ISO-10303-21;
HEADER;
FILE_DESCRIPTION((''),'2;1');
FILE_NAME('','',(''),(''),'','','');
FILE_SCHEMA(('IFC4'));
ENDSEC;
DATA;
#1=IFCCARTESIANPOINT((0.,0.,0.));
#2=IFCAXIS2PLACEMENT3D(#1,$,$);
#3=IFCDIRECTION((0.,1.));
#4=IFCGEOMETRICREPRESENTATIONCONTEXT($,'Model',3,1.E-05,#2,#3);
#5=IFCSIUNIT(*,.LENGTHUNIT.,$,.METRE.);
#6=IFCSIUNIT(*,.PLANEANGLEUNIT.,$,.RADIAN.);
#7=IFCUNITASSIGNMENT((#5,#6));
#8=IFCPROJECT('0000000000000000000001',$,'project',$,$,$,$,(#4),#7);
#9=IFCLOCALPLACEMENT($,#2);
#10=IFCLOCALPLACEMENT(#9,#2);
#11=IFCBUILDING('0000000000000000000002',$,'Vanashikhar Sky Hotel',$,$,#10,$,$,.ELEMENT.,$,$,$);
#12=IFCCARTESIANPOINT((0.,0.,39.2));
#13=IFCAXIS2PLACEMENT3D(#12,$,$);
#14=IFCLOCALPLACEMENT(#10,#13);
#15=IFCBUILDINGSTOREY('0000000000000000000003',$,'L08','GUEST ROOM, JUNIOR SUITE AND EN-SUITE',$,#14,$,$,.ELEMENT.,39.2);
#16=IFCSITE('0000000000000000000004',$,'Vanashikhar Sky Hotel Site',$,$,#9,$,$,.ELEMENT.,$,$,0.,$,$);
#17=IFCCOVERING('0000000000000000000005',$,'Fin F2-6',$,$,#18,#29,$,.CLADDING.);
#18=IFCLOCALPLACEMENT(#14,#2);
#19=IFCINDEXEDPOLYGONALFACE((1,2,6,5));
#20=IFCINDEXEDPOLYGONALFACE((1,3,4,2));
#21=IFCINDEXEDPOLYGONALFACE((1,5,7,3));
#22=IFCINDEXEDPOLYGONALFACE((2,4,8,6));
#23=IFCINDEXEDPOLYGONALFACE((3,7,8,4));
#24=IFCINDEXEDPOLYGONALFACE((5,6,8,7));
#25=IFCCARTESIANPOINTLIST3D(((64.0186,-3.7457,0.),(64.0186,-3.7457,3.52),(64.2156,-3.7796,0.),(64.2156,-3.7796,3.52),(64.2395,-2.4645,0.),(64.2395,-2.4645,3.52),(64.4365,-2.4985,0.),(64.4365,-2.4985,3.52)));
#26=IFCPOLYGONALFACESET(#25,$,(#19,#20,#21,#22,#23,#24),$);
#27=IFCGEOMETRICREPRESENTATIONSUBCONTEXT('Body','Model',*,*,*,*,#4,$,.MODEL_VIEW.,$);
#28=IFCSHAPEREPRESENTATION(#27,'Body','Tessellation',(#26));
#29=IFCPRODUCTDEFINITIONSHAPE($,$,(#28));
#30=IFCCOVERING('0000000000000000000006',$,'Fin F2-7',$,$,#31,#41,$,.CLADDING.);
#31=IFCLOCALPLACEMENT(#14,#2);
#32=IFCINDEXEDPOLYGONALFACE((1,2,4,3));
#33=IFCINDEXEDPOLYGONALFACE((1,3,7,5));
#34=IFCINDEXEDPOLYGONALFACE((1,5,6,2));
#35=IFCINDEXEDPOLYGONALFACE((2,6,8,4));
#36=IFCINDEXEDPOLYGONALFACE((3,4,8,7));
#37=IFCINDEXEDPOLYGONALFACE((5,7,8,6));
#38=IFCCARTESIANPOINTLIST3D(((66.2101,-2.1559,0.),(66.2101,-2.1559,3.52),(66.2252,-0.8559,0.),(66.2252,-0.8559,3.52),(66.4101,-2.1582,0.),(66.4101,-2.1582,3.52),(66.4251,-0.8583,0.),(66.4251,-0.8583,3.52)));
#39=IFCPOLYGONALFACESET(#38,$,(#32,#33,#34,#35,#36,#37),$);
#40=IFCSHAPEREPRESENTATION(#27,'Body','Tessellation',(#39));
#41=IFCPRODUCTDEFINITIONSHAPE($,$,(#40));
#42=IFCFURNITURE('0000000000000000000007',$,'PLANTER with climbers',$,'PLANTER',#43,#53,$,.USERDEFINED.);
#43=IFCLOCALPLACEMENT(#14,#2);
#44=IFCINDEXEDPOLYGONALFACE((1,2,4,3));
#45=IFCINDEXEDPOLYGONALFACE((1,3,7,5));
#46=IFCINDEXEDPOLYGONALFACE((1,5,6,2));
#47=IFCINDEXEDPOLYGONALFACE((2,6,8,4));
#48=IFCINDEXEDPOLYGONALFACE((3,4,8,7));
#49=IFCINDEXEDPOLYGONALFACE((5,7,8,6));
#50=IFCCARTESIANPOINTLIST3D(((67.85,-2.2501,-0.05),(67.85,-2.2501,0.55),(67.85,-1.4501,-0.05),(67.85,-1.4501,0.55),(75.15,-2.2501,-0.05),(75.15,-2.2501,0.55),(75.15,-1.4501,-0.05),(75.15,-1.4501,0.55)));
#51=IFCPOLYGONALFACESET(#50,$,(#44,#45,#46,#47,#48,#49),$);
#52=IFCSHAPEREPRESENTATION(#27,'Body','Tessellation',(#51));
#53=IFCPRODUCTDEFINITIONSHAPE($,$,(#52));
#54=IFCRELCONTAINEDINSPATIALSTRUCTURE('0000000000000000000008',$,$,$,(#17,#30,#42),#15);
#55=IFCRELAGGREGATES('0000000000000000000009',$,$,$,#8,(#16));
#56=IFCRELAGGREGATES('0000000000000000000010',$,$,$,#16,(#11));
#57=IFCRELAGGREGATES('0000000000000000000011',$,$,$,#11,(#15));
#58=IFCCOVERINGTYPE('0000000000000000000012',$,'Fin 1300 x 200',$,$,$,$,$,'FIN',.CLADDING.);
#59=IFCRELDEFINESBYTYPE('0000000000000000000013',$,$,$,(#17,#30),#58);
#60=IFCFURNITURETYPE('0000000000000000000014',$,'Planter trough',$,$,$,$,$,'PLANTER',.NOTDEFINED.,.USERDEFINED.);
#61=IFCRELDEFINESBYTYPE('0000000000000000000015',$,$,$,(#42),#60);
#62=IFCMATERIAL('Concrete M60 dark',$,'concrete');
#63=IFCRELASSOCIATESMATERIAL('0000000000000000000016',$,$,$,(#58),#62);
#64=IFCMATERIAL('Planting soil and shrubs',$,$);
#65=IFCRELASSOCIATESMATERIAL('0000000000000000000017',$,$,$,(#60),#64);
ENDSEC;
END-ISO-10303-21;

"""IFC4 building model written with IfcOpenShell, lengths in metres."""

from ifc_helpers import new_model, si_unit, direction, frame, origin, origin_2d, place, context, subcontext, project, spatial, rectangle, extrude, source, transform, mapped, material, material_profile, profile_set, type_object, element, save


model = new_model("IFC4")

# Units and contexts
model_context = context("Model", 3, precision=1e-05, world=origin(), true_north=direction((0.0, 1.0)))
body_context = subcontext(model_context, "Body", "Model", "MODEL_VIEW")
ifc_project = project(units=[si_unit("LENGTHUNIT", "METRE"), si_unit("PLANEANGLEUNIT", "RADIAN")], contexts=[model_context])

# Site, building, storey
site_placement = place(None, origin())
site = spatial("IfcSite", under=ifc_project, at=site_placement, Name="Vanashikhar Sky Hotel Site", CompositionType="ELEMENT", RefElevation=0.0)
building_placement = place(site_placement, origin())
building = spatial("IfcBuilding", under=site, at=building_placement, Name="Vanashikhar Sky Hotel", CompositionType="ELEMENT")
storey_placement = place(building_placement, frame((0.0, 0.0, 39.2)))
storey = spatial("IfcBuildingStorey", under=building, at=storey_placement, Name="L08", Description="GUEST ROOM, JUNIOR SUITE AND EN-SUITE", CompositionType="ELEMENT", Elevation=39.2)

# Coverings
ifc_material_1 = material(Name="Concrete M60 dark", Category="concrete")
ifc_material_profile = material_profile(ifc_material_1, rectangle(XDim=1.3, YDim=0.2, at=origin_2d()))
ifc_profile_set = profile_set([ifc_material_profile], Name="Fin 1300 x 200")
covering_type_1 = type_object("IfcCoveringType", Name="Fin 1300 x 200", ElementType="FIN", PredefinedType="CLADDING", material=ifc_profile_set)
shared_shape_1 = source(origin(), body_context, "Body", "SweptSolid", [
    extrude(rectangle(XDim=1.3, YDim=0.2, at=origin_2d()), origin(), (0.0, 0.0, 1.0), 3.52),
])
for number, where, z_axis, x_axis, name in (
    (1, (64.2275, -3.1221, 0.0), (0.0, 0.0, 1.0), (-0.1699, -0.985461, 0.0), "Fin F2-6"),
    (2, (66.3176, -1.5071, 0.0), (0.0, 0.0, 1.0), (-0.011589, -0.999933, 0.0), "Fin F2-7"),
):
    element("IfcCovering", number, at=place(storey_placement, frame(where, z_axis=z_axis, x_axis=x_axis)), inside=storey, type_object=covering_type_1, Name=name, PredefinedType="CLADDING", context=body_context, shape_type="MappedRepresentation", body=[
        mapped(shared_shape_1, transform((0.0, 0.0, 0.0), scale=1.0)),
    ])

# Furniture
ifc_material_2 = material(Name="Planting soil and shrubs")
furniture_type = type_object("IfcFurnitureType", Name="Planter trough", ElementType="PLANTER", AssemblyPlace="NOTDEFINED", PredefinedType="USERDEFINED", material=ifc_material_2)
shared_shape_2 = source(origin(), body_context, "Body", "SweptSolid", [
    extrude(rectangle(XDim=7.3, YDim=0.8, at=origin_2d()), origin(), (0.0, 0.0, 1.0), 0.6001),
])
furniture_placement = place(storey_placement, frame((71.5, -1.8501, -0.05), z_axis=(0.0, 0.0, 1.0), x_axis=(1.0, 0.0, 0.0)))
element("IfcFurniture", 3, at=furniture_placement, inside=storey, type_object=furniture_type, Name="PLANTER with climbers", ObjectType="PLANTER", PredefinedType="USERDEFINED", context=body_context, shape_type="MappedRepresentation", body=[
    mapped(shared_shape_2, transform((0.0, 0.0, 0.0), scale=1.0)),
])

save(model, "model.ifc")
